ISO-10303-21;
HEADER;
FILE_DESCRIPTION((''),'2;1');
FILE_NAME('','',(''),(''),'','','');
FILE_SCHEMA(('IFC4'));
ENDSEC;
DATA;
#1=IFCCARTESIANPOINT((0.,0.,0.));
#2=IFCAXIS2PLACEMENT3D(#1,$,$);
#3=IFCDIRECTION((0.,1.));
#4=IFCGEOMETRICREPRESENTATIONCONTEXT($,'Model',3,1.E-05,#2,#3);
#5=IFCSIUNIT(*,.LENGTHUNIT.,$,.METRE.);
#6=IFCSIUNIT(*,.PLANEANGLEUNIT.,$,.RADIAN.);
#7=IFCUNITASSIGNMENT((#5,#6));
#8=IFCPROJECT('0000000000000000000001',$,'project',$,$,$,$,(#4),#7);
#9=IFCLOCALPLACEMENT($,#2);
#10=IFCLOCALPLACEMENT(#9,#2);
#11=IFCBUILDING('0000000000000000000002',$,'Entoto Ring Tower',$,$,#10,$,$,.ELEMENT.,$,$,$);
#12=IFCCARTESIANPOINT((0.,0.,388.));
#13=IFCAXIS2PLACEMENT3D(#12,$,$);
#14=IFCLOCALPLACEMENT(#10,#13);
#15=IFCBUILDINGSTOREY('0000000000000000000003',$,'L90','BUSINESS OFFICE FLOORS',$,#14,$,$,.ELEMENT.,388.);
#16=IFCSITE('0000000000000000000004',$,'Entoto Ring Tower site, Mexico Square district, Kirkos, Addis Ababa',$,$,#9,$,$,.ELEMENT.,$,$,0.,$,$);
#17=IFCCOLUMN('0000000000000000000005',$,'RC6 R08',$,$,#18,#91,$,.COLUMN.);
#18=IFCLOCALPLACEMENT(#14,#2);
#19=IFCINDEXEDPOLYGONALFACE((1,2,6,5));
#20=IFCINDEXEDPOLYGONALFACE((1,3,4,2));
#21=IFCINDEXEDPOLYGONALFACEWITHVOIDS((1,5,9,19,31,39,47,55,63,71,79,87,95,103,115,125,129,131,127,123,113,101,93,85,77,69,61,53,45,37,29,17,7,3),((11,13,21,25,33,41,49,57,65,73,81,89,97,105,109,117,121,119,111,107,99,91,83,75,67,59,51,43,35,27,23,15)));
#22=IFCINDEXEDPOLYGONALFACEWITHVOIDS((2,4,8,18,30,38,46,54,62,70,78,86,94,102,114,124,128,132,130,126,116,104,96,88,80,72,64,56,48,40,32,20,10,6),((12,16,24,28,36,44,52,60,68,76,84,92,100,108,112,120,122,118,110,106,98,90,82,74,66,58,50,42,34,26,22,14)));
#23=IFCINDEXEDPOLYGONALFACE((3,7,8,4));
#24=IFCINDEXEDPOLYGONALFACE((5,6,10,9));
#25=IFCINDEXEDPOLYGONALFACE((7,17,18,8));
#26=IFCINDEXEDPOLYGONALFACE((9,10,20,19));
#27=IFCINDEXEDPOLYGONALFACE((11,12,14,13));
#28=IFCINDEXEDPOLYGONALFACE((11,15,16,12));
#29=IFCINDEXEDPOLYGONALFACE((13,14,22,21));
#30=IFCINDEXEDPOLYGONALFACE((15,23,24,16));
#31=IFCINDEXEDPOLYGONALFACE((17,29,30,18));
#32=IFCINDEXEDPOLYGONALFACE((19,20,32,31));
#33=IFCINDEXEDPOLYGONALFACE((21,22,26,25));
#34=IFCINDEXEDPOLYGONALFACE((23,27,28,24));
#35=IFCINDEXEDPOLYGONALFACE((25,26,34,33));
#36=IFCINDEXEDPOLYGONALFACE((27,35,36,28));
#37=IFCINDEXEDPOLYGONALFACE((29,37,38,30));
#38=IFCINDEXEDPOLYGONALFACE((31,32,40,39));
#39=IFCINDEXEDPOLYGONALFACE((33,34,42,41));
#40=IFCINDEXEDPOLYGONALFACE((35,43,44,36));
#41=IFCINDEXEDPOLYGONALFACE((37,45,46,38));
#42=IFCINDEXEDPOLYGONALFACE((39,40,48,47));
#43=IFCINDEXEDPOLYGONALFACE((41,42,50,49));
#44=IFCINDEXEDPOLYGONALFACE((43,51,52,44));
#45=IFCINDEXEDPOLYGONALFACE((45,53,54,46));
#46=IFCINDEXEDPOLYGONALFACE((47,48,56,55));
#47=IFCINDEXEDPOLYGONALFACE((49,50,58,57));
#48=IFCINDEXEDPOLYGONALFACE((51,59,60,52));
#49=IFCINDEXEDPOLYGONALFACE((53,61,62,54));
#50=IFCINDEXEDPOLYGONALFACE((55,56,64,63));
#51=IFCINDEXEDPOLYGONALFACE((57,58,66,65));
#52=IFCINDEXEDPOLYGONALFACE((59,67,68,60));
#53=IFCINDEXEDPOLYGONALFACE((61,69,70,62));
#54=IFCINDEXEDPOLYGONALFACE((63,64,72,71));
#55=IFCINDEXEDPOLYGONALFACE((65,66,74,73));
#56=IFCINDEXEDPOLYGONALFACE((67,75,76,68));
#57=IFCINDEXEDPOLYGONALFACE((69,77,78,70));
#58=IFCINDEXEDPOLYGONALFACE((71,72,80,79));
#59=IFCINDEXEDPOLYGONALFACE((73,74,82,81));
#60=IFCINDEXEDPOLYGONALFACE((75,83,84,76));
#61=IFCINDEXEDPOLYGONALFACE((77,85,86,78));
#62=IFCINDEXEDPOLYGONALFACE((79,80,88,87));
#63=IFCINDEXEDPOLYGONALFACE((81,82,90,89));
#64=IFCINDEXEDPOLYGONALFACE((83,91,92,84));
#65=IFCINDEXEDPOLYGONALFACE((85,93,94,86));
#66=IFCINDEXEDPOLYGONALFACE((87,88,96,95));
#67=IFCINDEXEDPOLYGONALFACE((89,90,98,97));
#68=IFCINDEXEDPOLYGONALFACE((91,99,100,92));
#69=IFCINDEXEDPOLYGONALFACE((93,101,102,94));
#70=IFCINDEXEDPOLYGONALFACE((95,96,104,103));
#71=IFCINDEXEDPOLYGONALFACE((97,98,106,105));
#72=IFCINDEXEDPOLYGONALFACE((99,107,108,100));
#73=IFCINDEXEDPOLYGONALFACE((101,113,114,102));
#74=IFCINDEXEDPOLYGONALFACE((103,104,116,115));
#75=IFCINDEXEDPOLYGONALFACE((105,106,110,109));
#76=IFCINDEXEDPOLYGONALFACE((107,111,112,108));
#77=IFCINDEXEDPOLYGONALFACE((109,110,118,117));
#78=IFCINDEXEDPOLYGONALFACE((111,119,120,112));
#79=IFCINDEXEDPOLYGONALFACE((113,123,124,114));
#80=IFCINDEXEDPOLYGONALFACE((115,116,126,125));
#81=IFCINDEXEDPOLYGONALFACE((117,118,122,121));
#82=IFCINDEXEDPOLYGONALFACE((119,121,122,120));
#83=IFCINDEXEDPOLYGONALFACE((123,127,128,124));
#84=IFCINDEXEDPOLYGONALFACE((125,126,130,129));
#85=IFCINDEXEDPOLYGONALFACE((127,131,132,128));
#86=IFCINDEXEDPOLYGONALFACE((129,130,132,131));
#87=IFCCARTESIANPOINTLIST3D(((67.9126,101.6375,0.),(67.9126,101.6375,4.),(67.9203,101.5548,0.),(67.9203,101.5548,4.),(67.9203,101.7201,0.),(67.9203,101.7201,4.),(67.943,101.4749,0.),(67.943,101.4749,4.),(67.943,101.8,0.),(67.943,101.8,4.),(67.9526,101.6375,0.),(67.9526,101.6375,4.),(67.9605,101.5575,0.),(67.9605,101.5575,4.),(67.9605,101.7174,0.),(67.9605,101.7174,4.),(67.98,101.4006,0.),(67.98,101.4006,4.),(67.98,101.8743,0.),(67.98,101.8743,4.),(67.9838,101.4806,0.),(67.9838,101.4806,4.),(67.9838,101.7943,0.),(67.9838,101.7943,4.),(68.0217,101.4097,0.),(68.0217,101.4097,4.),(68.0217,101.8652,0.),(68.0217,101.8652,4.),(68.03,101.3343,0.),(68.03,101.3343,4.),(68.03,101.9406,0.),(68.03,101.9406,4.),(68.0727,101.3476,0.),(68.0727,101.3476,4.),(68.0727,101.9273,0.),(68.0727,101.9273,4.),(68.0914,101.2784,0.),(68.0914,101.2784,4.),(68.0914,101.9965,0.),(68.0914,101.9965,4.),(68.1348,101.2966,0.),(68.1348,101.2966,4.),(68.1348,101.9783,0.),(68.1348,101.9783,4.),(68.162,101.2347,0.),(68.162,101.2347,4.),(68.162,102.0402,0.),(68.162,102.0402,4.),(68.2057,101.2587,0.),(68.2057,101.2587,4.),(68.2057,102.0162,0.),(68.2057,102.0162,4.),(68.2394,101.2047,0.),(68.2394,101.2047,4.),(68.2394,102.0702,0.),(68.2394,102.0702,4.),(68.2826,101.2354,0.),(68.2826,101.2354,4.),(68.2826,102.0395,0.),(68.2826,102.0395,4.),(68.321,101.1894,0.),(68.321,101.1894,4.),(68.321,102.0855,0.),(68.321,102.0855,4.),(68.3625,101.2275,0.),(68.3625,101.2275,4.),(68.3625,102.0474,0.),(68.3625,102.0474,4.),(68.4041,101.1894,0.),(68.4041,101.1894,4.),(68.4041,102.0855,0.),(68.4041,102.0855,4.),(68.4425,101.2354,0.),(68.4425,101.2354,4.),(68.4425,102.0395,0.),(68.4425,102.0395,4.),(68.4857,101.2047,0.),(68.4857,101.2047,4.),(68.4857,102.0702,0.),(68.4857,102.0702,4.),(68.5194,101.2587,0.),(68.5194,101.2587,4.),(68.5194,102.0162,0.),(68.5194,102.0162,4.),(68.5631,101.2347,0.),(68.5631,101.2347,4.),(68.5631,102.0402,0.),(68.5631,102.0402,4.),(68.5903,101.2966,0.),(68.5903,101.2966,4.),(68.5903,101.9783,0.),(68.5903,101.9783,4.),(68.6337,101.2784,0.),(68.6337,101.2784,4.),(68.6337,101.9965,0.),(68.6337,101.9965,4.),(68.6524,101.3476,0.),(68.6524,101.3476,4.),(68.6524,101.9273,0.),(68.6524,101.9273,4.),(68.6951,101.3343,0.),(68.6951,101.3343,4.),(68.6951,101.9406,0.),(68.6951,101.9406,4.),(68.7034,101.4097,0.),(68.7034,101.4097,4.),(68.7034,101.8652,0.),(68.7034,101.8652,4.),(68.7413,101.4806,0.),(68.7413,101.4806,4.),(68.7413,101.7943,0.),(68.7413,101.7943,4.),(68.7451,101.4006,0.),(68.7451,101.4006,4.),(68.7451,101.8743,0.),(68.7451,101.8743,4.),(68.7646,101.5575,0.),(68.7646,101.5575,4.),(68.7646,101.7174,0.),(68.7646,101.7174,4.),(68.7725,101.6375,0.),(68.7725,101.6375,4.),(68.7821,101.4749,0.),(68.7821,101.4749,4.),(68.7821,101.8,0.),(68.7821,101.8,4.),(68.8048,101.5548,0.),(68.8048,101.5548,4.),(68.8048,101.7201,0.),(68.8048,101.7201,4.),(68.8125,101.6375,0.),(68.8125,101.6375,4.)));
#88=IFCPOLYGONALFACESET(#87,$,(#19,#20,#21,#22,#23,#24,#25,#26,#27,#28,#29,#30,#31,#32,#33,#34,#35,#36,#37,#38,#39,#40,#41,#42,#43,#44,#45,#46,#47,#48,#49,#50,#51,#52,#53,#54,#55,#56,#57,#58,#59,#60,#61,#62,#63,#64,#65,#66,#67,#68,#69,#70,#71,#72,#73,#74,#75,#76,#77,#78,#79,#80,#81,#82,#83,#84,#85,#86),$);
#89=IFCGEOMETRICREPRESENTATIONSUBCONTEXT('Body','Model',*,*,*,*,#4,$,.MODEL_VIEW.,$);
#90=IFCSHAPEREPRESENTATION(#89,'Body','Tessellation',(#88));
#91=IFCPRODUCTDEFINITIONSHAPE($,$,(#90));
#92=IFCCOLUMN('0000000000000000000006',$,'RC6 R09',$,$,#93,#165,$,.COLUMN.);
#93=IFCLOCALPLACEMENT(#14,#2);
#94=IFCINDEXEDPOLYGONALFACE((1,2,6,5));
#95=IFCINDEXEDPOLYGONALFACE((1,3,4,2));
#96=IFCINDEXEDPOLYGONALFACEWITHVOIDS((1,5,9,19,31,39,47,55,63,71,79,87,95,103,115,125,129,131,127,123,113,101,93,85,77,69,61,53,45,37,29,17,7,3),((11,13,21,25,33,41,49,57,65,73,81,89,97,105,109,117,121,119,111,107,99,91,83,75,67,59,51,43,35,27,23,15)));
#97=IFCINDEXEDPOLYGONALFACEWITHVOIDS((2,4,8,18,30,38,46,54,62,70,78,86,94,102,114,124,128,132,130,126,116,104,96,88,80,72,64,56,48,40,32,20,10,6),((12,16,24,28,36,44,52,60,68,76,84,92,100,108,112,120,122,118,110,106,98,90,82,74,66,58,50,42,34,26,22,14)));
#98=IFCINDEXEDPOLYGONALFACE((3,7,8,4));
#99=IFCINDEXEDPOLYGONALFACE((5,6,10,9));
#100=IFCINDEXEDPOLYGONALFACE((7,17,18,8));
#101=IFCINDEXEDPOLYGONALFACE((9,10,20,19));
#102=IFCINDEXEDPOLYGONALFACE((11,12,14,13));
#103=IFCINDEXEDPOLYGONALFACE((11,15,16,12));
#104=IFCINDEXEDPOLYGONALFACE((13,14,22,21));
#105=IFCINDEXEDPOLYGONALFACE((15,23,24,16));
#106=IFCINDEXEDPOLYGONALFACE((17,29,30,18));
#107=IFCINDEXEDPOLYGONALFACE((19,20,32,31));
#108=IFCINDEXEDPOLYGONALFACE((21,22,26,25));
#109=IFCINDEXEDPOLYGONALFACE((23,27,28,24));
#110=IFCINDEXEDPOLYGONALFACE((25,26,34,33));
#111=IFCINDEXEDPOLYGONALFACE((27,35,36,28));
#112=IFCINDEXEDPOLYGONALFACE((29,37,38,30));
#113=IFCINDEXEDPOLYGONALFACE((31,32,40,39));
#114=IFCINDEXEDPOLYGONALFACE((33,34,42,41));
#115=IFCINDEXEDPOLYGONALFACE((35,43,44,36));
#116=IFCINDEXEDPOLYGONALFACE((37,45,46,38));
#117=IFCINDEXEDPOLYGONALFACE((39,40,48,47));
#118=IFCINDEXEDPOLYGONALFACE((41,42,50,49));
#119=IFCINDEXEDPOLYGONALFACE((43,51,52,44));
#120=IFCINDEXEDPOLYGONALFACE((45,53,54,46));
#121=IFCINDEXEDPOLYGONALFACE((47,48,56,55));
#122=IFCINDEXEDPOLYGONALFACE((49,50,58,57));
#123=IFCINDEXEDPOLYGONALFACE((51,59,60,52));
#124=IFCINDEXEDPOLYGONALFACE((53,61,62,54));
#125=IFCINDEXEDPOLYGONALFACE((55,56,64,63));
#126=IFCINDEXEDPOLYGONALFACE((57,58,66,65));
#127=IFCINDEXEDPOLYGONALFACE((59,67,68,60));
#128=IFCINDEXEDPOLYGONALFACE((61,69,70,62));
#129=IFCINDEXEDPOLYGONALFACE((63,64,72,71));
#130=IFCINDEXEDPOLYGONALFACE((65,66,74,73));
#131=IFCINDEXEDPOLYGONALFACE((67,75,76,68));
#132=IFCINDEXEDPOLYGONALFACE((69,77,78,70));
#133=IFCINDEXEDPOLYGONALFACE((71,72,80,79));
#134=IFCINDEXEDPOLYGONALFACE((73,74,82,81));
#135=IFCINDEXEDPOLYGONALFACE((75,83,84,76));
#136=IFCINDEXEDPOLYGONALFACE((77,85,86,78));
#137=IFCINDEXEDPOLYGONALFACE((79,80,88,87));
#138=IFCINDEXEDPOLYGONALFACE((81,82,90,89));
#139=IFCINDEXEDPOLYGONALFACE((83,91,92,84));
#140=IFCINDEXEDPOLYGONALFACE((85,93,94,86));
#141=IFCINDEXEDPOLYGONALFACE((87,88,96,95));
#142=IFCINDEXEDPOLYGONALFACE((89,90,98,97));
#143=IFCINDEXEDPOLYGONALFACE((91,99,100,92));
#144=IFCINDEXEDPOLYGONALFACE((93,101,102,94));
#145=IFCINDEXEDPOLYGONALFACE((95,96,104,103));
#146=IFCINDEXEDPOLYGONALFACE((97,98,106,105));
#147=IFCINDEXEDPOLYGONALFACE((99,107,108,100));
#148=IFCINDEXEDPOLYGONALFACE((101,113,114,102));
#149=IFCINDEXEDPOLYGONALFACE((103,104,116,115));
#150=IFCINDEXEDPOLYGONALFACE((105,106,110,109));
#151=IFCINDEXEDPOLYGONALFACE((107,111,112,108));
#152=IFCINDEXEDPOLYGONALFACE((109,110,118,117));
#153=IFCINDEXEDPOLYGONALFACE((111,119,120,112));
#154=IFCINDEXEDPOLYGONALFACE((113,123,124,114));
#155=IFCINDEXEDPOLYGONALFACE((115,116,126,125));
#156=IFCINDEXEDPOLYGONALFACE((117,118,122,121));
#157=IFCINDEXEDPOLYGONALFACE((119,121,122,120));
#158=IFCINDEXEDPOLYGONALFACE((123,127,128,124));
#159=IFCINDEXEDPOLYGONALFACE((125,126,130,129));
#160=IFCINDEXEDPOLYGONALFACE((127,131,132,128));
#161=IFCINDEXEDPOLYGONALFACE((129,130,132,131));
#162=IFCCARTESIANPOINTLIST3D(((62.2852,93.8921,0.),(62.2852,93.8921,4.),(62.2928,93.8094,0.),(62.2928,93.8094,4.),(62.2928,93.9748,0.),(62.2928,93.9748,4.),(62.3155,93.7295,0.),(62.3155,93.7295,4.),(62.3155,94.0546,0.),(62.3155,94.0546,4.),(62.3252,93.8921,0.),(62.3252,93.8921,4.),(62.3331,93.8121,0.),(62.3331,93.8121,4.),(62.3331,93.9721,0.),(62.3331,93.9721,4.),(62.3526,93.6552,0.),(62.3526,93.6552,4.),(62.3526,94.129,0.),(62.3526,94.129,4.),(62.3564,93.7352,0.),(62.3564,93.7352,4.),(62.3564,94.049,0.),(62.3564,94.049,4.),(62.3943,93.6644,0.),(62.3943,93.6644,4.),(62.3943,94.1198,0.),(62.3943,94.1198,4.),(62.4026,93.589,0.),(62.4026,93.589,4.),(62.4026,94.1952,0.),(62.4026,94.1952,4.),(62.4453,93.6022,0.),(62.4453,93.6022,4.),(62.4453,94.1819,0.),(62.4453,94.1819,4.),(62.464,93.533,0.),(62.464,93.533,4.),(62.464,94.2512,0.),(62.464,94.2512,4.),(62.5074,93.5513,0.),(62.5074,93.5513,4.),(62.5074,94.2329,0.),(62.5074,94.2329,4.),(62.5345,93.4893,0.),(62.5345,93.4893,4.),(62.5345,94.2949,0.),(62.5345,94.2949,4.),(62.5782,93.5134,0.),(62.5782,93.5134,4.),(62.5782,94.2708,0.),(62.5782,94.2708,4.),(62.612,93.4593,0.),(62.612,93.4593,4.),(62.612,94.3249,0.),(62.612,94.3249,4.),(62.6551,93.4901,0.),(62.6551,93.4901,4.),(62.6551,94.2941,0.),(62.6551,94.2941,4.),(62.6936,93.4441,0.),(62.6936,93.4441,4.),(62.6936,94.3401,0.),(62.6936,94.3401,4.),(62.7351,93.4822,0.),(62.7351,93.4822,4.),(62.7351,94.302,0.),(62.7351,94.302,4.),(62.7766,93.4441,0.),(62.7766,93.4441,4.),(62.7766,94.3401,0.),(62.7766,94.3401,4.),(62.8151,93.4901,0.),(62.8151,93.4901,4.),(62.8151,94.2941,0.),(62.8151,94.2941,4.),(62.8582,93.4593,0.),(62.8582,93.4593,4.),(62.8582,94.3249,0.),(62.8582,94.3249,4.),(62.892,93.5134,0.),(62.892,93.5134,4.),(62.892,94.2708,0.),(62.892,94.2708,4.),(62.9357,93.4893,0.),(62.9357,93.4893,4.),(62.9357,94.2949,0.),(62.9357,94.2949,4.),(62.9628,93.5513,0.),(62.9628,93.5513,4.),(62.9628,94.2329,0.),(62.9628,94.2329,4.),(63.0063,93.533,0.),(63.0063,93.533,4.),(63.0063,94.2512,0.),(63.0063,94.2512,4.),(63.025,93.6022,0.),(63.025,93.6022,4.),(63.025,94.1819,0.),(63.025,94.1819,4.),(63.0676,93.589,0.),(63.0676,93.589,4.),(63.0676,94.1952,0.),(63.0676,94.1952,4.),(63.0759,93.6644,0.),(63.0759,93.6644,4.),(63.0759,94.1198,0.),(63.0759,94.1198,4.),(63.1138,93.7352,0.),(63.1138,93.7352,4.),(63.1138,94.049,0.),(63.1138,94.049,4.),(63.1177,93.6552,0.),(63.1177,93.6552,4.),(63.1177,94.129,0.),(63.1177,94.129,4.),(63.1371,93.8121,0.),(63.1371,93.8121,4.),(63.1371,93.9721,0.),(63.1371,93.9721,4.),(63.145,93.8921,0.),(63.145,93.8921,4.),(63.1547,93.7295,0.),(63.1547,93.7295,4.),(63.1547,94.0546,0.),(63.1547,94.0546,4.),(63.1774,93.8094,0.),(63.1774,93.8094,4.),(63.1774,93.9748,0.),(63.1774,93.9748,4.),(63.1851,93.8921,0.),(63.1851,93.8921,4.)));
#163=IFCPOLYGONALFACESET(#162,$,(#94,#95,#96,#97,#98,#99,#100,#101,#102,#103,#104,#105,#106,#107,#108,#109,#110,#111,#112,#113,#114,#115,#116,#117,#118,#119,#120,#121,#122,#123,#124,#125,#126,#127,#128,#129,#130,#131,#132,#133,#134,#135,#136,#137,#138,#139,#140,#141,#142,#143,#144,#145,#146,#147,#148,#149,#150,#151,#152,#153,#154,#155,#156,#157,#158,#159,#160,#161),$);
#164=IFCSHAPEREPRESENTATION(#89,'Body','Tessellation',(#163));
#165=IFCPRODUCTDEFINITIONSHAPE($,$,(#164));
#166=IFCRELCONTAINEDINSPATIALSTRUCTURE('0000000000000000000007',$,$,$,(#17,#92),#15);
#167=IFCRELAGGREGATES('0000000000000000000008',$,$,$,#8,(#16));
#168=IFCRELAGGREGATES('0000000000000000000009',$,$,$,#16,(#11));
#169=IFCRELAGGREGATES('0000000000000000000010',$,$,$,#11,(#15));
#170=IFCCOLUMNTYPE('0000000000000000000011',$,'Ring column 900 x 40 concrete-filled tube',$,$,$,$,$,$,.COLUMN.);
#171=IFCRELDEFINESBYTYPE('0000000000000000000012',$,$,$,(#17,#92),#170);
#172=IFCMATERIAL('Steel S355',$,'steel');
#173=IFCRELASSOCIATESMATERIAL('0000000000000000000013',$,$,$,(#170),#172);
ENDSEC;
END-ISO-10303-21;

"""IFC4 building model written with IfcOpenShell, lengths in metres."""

from ifc_helpers import new_model, si_unit, direction, frame, origin, origin_2d, place, context, subcontext, project, spatial, circle, hollow_circle, extrude, material, material_profile, profile_set, type_object, element, save


model = new_model("IFC4")

# Units and contexts
model_context = context("Model", 3, precision=1e-05, world=origin(), true_north=direction((0.0, 1.0)))
body_context = subcontext(model_context, "Body", "Model", "MODEL_VIEW")
ifc_project = project(units=[si_unit("LENGTHUNIT", "METRE"), si_unit("PLANEANGLEUNIT", "RADIAN")], contexts=[model_context])

# Site, building, storey
site_placement = place(None, origin())
site = spatial("IfcSite", under=ifc_project, at=site_placement, Name="Entoto Ring Tower site, Mexico Square district, Kirkos, Addis Ababa", CompositionType="ELEMENT", RefElevation=0.0)
building_placement = place(site_placement, origin())
building = spatial("IfcBuilding", under=site, at=building_placement, Name="Entoto Ring Tower", CompositionType="ELEMENT")
storey_placement = place(building_placement, frame((0.0, 0.0, 388.0)))
storey = spatial("IfcBuildingStorey", under=building, at=storey_placement, Name="L90", Description="BUSINESS OFFICE FLOORS", CompositionType="ELEMENT", Elevation=388.0)

# Columns
ifc_material_1 = material(Name="Steel S355", Category="steel")
ifc_material_profile_1 = material_profile(ifc_material_1, hollow_circle(Radius=0.45, WallThickness=0.04, at=origin_2d()), Name="CHS 900 x 40")
ifc_material_2 = material(Name="Concrete C60/75", Category="concrete")
ifc_material_profile_2 = material_profile(ifc_material_2, circle(Radius=0.4099, at=origin_2d()), Name="Concrete C60/75 infill")
ifc_profile_set_1 = profile_set([ifc_material_profile_1, ifc_material_profile_2], Name="Steel S355")
column_type = type_object("IfcColumnType", Name="Ring column 900 x 40 concrete-filled tube", PredefinedType="COLUMN", material=ifc_profile_set_1)
for number, where, z_axis, x_axis, name in (
    (1, (68.3625, 101.6375, 0.0), (0.0, 0.0, 1.0), (1.0, 0.0, 0.0), "RC6 R08"),
    (2, (62.7351, 93.8921, 0.0), (0.0, 0.0, 1.0), (1.0, 0.0, 0.0), "RC6 R09"),
):
    element("IfcColumn", number, at=place(storey_placement, frame(where, z_axis=z_axis, x_axis=x_axis)), inside=storey, type_object=column_type, Name=name, PredefinedType="COLUMN", context=body_context, shape_type="SweptSolid", body=[
        extrude(hollow_circle(Radius=0.45, WallThickness=0.04, at=origin_2d()), origin(), (0.0, 0.0, 1.0), 4.0),
    ])

save(model, "model.ifc")
